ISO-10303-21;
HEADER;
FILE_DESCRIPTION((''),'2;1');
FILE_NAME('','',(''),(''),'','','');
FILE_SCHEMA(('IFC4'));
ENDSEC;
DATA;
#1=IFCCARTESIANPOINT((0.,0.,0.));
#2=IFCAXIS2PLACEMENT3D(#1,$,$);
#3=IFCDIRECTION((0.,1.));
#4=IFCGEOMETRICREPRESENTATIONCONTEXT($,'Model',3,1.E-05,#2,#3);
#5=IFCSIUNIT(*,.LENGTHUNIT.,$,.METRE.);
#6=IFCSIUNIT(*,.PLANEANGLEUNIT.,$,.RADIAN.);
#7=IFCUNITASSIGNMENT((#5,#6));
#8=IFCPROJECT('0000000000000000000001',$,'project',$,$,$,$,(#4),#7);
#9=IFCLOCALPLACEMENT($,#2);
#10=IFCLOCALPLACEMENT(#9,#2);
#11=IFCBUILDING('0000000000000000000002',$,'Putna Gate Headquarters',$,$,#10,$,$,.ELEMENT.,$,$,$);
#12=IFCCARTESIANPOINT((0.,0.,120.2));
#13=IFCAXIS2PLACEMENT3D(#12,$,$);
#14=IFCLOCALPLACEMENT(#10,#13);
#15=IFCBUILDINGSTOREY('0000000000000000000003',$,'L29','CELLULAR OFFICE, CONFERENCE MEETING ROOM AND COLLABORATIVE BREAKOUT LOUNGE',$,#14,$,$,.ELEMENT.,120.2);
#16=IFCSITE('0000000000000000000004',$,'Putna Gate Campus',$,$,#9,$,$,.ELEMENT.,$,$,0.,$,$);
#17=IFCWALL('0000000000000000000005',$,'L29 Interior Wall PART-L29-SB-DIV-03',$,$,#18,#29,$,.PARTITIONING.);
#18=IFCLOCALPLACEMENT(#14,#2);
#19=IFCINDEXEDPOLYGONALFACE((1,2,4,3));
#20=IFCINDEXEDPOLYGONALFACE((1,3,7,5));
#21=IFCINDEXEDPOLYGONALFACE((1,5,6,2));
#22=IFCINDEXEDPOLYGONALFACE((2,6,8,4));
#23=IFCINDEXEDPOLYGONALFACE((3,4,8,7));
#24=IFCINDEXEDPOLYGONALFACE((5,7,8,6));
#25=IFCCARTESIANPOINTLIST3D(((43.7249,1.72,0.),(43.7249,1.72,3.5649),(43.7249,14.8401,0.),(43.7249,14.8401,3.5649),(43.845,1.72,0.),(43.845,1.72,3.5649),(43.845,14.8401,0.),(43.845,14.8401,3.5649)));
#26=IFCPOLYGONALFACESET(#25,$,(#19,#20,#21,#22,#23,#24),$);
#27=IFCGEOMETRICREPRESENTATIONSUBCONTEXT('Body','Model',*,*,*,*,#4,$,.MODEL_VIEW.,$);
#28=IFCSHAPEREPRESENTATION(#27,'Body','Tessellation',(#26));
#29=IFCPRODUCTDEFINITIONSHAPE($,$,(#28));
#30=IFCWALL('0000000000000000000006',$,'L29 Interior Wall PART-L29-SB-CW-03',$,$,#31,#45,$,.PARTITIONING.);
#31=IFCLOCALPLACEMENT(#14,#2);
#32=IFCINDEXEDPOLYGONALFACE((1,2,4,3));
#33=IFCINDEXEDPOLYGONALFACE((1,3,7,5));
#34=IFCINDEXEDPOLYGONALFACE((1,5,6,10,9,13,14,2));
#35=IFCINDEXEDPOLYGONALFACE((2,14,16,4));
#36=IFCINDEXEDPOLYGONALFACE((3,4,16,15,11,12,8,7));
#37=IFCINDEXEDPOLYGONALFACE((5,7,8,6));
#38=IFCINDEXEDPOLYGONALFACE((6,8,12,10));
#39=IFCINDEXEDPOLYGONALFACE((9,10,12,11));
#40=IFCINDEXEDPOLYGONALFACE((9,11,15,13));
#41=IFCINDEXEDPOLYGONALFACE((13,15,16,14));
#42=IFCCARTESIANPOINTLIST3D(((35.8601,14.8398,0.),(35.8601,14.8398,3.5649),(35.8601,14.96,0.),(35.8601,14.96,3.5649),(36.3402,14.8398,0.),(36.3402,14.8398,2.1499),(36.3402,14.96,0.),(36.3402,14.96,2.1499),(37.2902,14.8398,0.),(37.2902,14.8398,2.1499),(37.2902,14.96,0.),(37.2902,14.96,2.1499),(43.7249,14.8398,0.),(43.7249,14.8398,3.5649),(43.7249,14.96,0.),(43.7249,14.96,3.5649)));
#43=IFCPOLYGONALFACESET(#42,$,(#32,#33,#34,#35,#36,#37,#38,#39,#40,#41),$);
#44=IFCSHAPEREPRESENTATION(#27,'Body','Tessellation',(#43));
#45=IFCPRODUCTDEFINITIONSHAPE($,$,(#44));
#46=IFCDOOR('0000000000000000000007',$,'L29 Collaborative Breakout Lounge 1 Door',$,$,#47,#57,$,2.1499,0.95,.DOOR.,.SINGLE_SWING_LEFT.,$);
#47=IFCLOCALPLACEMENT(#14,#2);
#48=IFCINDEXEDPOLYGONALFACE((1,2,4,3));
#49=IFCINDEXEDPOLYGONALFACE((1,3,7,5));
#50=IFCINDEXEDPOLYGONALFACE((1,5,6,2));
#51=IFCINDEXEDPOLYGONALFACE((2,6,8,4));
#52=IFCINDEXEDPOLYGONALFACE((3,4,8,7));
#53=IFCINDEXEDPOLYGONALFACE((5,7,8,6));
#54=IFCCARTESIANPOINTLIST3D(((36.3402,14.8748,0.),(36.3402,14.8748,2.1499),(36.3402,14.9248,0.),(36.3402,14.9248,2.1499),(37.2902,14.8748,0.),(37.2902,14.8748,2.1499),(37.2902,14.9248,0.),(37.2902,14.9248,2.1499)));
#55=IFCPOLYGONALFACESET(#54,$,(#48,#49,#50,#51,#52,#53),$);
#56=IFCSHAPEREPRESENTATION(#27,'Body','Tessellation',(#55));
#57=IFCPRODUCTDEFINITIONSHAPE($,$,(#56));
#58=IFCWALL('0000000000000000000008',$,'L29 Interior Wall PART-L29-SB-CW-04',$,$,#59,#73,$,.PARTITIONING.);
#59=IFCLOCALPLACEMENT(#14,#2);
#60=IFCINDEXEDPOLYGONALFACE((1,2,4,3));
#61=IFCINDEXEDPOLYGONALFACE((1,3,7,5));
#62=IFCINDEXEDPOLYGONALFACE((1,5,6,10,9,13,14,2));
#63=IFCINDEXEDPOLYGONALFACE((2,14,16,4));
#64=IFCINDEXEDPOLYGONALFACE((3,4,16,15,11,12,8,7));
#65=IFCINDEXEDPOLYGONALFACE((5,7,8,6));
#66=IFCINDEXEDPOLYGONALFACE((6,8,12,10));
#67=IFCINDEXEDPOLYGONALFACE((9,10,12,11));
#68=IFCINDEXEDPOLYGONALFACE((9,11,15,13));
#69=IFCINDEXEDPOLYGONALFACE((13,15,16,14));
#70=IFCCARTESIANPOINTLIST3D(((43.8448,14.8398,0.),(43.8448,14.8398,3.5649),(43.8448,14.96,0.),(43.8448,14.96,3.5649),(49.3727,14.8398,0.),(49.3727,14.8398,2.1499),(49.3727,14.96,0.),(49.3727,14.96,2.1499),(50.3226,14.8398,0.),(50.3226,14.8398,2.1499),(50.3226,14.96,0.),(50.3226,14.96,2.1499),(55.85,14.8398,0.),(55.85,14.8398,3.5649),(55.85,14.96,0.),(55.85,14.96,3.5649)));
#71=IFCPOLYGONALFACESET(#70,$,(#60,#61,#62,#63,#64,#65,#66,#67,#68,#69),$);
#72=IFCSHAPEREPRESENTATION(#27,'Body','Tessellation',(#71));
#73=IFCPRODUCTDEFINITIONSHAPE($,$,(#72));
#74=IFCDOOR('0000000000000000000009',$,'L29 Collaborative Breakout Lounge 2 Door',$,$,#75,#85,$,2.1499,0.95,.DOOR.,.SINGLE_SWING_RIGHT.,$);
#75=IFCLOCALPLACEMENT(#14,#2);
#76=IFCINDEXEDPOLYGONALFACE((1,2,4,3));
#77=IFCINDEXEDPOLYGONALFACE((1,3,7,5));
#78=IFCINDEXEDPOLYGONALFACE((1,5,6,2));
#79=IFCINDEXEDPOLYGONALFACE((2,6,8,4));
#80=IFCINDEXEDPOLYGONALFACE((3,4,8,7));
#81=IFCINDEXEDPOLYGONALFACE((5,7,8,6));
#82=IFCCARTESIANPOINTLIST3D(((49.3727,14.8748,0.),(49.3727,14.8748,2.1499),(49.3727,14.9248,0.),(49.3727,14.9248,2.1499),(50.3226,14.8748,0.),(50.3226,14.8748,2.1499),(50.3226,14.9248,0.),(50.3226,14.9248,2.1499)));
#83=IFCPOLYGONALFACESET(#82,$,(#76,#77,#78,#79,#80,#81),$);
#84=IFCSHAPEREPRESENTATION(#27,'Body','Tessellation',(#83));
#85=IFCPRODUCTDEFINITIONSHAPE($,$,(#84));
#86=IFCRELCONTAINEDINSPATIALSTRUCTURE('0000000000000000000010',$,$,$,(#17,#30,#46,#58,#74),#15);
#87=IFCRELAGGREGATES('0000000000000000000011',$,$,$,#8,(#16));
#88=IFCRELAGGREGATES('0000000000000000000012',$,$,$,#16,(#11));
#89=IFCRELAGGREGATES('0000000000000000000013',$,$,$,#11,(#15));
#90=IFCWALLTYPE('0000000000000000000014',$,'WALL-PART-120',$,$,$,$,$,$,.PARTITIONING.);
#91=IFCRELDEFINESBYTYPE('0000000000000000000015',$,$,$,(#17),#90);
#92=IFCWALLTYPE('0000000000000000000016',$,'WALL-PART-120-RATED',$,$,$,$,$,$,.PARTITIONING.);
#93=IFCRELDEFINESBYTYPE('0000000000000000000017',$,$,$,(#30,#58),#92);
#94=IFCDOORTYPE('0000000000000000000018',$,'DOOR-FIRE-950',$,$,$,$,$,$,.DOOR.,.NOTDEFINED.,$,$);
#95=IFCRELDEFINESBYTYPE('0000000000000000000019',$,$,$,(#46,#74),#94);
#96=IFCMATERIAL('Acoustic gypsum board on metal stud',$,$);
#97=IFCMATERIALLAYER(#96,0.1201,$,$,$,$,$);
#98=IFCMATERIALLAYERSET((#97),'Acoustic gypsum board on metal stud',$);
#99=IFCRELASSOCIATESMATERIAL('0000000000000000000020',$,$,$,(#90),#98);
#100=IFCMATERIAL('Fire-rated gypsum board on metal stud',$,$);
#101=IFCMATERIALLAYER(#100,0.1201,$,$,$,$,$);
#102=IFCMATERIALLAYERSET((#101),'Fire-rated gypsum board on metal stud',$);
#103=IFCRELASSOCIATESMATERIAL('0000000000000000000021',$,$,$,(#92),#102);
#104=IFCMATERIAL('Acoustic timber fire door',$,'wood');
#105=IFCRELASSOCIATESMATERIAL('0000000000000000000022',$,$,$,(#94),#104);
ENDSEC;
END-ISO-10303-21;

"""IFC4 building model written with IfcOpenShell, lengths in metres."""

from ifc_helpers import new_model, si_unit, direction, frame, frame_2d, origin, place, context, subcontext, project, spatial, rectangle, extrude, material, layer, layer_set, type_object, element, fill, save


model = new_model("IFC4")

# Units and contexts
model_context = context("Model", 3, precision=1e-05, world=origin(), true_north=direction((0.0, 1.0)))
body_context = subcontext(model_context, "Body", "Model", "MODEL_VIEW")
ifc_project = project(units=[si_unit("LENGTHUNIT", "METRE"), si_unit("PLANEANGLEUNIT", "RADIAN")], contexts=[model_context])

# Site, building, storey
site_placement = place(None, origin())
site = spatial("IfcSite", under=ifc_project, at=site_placement, Name="Putna Gate Campus", CompositionType="ELEMENT", RefElevation=0.0)
building_placement = place(site_placement, origin())
building = spatial("IfcBuilding", under=site, at=building_placement, Name="Putna Gate Headquarters", CompositionType="ELEMENT")
storey_placement = place(building_placement, frame((0.0, 0.0, 120.2)))
storey = spatial("IfcBuildingStorey", under=building, at=storey_placement, Name="L29", Description="CELLULAR OFFICE, CONFERENCE MEETING ROOM AND COLLABORATIVE BREAKOUT LOUNGE", CompositionType="ELEMENT", Elevation=120.2)

# Wall
ifc_material_1 = material(Name="Acoustic gypsum board on metal stud")
ifc_layer_1 = layer(ifc_material_1, 0.1201)
ifc_layer_set_1 = layer_set([ifc_layer_1], Name="Acoustic gypsum board on metal stud")
wall_type_1 = type_object("IfcWallType", Name="WALL-PART-120", PredefinedType="PARTITIONING", material=ifc_layer_set_1)
for number, where, z_axis, x_axis, name in (
    (1, (43.7849, 1.72, 0.0), (0.0, 0.0, 1.0), (0.0, 1.0, 0.0), "L29 Interior Wall PART-L29-SB-DIV-03"),
):
    element("IfcWall", number, at=place(storey_placement, frame(where, z_axis=z_axis, x_axis=x_axis)), inside=storey, type_object=wall_type_1, Name=name, PredefinedType="PARTITIONING", context=body_context, shape_type="SweptSolid", body=[
        extrude(rectangle(XDim=13.1201, YDim=0.1201, at=frame_2d((6.5601, 0.0))), origin(), (0.0, 0.0, 1.0), 3.5649),
    ])

# Walls, openings, doors
ifc_material_2 = material(Name="Fire-rated gypsum board on metal stud")
ifc_layer_2 = layer(ifc_material_2, 0.1201)
ifc_layer_set_2 = layer_set([ifc_layer_2], Name="Fire-rated gypsum board on metal stud")
wall_type_2 = type_object("IfcWallType", Name="WALL-PART-120-RATED", PredefinedType="PARTITIONING", material=ifc_layer_set_2)
wall_1_placement = place(storey_placement, frame((35.8601, 14.8999, 0.0), z_axis=(0.0, 0.0, 1.0), x_axis=(1.0, 0.0, 0.0)))
wall_1 = element("IfcWall", 2, at=wall_1_placement, inside=storey, type_object=wall_type_2, Name="L29 Interior Wall PART-L29-SB-CW-03", PredefinedType="PARTITIONING", context=body_context, shape_type="SweptSolid", body=[
    extrude(rectangle(XDim=7.8647, YDim=0.1201, at=frame_2d((3.9324, 0.0))), origin(), (0.0, 0.0, 1.0), 3.5649),
])
opening_1_placement = place(wall_1_placement, frame((0.48, 0.0, 0.0)))
opening_1 = element("IfcOpeningElement", 3, at=opening_1_placement, cuts=wall_1, PredefinedType="OPENING", context=body_context, shape_type="SweptSolid", body=[
    extrude(rectangle(XDim=0.95, YDim=2.1499, at=frame_2d((0.4751, 1.075))), frame((0.0, 0.0701, 0.0), z_axis=(0.0, -1.0, 0.0), x_axis=(1.0, 0.0, 0.0)), (0.0, 0.0, 1.0), 0.1401),
])
ifc_material_3 = material(Name="Acoustic timber fire door", Category="wood")
door_type = type_object("IfcDoorType", Name="DOOR-FIRE-950", OperationType="NOTDEFINED", PredefinedType="DOOR", material=ifc_material_3)
door_1_placement = place(opening_1_placement, origin())
door_1 = element("IfcDoor", 4, at=door_1_placement, inside=storey, type_object=door_type, Name="L29 Collaborative Breakout Lounge 1 Door", OperationType="SINGLE_SWING_LEFT", OverallHeight=2.1499, OverallWidth=0.95, PredefinedType="DOOR", context=body_context, shape_type="SweptSolid", body=[
    extrude(rectangle(XDim=0.95, YDim=2.1499, at=frame_2d((0.4751, 1.075))), frame((0.0, 0.0249, 0.0), z_axis=(0.0, -1.0, 0.0), x_axis=(1.0, 0.0, 0.0)), (0.0, 0.0, 1.0), 0.05),
])
fill(opening_1, door_1)
wall_2_placement = place(storey_placement, frame((43.845, 14.8999, 0.0), z_axis=(0.0, 0.0, 1.0), x_axis=(1.0, 0.0, 0.0)))
wall_2 = element("IfcWall", 5, at=wall_2_placement, inside=storey, type_object=wall_type_2, Name="L29 Interior Wall PART-L29-SB-CW-04", PredefinedType="PARTITIONING", context=body_context, shape_type="SweptSolid", body=[
    extrude(rectangle(XDim=12.0051, YDim=0.1201, at=frame_2d((6.0024, 0.0))), origin(), (0.0, 0.0, 1.0), 3.5649),
])
opening_2_placement = place(wall_2_placement, frame((5.5276, 0.0, 0.0)))
opening_2 = element("IfcOpeningElement", 6, at=opening_2_placement, cuts=wall_2, PredefinedType="OPENING", context=body_context, shape_type="SweptSolid", body=[
    extrude(rectangle(XDim=0.95, YDim=2.1499, at=frame_2d((0.4751, 1.075))), frame((0.0, 0.0701, 0.0), z_axis=(0.0, -1.0, 0.0), x_axis=(1.0, 0.0, 0.0)), (0.0, 0.0, 1.0), 0.1401),
])
door_2_placement = place(opening_2_placement, origin())
door_2 = element("IfcDoor", 7, at=door_2_placement, inside=storey, type_object=door_type, Name="L29 Collaborative Breakout Lounge 2 Door", OperationType="SINGLE_SWING_RIGHT", OverallHeight=2.1499, OverallWidth=0.95, PredefinedType="DOOR", context=body_context, shape_type="SweptSolid", body=[
    extrude(rectangle(XDim=0.95, YDim=2.1499, at=frame_2d((0.4751, 1.075))), frame((0.0, 0.0249, 0.0), z_axis=(0.0, -1.0, 0.0), x_axis=(1.0, 0.0, 0.0)), (0.0, 0.0, 1.0), 0.05),
])
fill(opening_2, door_2)

save(model, "model.ifc")
